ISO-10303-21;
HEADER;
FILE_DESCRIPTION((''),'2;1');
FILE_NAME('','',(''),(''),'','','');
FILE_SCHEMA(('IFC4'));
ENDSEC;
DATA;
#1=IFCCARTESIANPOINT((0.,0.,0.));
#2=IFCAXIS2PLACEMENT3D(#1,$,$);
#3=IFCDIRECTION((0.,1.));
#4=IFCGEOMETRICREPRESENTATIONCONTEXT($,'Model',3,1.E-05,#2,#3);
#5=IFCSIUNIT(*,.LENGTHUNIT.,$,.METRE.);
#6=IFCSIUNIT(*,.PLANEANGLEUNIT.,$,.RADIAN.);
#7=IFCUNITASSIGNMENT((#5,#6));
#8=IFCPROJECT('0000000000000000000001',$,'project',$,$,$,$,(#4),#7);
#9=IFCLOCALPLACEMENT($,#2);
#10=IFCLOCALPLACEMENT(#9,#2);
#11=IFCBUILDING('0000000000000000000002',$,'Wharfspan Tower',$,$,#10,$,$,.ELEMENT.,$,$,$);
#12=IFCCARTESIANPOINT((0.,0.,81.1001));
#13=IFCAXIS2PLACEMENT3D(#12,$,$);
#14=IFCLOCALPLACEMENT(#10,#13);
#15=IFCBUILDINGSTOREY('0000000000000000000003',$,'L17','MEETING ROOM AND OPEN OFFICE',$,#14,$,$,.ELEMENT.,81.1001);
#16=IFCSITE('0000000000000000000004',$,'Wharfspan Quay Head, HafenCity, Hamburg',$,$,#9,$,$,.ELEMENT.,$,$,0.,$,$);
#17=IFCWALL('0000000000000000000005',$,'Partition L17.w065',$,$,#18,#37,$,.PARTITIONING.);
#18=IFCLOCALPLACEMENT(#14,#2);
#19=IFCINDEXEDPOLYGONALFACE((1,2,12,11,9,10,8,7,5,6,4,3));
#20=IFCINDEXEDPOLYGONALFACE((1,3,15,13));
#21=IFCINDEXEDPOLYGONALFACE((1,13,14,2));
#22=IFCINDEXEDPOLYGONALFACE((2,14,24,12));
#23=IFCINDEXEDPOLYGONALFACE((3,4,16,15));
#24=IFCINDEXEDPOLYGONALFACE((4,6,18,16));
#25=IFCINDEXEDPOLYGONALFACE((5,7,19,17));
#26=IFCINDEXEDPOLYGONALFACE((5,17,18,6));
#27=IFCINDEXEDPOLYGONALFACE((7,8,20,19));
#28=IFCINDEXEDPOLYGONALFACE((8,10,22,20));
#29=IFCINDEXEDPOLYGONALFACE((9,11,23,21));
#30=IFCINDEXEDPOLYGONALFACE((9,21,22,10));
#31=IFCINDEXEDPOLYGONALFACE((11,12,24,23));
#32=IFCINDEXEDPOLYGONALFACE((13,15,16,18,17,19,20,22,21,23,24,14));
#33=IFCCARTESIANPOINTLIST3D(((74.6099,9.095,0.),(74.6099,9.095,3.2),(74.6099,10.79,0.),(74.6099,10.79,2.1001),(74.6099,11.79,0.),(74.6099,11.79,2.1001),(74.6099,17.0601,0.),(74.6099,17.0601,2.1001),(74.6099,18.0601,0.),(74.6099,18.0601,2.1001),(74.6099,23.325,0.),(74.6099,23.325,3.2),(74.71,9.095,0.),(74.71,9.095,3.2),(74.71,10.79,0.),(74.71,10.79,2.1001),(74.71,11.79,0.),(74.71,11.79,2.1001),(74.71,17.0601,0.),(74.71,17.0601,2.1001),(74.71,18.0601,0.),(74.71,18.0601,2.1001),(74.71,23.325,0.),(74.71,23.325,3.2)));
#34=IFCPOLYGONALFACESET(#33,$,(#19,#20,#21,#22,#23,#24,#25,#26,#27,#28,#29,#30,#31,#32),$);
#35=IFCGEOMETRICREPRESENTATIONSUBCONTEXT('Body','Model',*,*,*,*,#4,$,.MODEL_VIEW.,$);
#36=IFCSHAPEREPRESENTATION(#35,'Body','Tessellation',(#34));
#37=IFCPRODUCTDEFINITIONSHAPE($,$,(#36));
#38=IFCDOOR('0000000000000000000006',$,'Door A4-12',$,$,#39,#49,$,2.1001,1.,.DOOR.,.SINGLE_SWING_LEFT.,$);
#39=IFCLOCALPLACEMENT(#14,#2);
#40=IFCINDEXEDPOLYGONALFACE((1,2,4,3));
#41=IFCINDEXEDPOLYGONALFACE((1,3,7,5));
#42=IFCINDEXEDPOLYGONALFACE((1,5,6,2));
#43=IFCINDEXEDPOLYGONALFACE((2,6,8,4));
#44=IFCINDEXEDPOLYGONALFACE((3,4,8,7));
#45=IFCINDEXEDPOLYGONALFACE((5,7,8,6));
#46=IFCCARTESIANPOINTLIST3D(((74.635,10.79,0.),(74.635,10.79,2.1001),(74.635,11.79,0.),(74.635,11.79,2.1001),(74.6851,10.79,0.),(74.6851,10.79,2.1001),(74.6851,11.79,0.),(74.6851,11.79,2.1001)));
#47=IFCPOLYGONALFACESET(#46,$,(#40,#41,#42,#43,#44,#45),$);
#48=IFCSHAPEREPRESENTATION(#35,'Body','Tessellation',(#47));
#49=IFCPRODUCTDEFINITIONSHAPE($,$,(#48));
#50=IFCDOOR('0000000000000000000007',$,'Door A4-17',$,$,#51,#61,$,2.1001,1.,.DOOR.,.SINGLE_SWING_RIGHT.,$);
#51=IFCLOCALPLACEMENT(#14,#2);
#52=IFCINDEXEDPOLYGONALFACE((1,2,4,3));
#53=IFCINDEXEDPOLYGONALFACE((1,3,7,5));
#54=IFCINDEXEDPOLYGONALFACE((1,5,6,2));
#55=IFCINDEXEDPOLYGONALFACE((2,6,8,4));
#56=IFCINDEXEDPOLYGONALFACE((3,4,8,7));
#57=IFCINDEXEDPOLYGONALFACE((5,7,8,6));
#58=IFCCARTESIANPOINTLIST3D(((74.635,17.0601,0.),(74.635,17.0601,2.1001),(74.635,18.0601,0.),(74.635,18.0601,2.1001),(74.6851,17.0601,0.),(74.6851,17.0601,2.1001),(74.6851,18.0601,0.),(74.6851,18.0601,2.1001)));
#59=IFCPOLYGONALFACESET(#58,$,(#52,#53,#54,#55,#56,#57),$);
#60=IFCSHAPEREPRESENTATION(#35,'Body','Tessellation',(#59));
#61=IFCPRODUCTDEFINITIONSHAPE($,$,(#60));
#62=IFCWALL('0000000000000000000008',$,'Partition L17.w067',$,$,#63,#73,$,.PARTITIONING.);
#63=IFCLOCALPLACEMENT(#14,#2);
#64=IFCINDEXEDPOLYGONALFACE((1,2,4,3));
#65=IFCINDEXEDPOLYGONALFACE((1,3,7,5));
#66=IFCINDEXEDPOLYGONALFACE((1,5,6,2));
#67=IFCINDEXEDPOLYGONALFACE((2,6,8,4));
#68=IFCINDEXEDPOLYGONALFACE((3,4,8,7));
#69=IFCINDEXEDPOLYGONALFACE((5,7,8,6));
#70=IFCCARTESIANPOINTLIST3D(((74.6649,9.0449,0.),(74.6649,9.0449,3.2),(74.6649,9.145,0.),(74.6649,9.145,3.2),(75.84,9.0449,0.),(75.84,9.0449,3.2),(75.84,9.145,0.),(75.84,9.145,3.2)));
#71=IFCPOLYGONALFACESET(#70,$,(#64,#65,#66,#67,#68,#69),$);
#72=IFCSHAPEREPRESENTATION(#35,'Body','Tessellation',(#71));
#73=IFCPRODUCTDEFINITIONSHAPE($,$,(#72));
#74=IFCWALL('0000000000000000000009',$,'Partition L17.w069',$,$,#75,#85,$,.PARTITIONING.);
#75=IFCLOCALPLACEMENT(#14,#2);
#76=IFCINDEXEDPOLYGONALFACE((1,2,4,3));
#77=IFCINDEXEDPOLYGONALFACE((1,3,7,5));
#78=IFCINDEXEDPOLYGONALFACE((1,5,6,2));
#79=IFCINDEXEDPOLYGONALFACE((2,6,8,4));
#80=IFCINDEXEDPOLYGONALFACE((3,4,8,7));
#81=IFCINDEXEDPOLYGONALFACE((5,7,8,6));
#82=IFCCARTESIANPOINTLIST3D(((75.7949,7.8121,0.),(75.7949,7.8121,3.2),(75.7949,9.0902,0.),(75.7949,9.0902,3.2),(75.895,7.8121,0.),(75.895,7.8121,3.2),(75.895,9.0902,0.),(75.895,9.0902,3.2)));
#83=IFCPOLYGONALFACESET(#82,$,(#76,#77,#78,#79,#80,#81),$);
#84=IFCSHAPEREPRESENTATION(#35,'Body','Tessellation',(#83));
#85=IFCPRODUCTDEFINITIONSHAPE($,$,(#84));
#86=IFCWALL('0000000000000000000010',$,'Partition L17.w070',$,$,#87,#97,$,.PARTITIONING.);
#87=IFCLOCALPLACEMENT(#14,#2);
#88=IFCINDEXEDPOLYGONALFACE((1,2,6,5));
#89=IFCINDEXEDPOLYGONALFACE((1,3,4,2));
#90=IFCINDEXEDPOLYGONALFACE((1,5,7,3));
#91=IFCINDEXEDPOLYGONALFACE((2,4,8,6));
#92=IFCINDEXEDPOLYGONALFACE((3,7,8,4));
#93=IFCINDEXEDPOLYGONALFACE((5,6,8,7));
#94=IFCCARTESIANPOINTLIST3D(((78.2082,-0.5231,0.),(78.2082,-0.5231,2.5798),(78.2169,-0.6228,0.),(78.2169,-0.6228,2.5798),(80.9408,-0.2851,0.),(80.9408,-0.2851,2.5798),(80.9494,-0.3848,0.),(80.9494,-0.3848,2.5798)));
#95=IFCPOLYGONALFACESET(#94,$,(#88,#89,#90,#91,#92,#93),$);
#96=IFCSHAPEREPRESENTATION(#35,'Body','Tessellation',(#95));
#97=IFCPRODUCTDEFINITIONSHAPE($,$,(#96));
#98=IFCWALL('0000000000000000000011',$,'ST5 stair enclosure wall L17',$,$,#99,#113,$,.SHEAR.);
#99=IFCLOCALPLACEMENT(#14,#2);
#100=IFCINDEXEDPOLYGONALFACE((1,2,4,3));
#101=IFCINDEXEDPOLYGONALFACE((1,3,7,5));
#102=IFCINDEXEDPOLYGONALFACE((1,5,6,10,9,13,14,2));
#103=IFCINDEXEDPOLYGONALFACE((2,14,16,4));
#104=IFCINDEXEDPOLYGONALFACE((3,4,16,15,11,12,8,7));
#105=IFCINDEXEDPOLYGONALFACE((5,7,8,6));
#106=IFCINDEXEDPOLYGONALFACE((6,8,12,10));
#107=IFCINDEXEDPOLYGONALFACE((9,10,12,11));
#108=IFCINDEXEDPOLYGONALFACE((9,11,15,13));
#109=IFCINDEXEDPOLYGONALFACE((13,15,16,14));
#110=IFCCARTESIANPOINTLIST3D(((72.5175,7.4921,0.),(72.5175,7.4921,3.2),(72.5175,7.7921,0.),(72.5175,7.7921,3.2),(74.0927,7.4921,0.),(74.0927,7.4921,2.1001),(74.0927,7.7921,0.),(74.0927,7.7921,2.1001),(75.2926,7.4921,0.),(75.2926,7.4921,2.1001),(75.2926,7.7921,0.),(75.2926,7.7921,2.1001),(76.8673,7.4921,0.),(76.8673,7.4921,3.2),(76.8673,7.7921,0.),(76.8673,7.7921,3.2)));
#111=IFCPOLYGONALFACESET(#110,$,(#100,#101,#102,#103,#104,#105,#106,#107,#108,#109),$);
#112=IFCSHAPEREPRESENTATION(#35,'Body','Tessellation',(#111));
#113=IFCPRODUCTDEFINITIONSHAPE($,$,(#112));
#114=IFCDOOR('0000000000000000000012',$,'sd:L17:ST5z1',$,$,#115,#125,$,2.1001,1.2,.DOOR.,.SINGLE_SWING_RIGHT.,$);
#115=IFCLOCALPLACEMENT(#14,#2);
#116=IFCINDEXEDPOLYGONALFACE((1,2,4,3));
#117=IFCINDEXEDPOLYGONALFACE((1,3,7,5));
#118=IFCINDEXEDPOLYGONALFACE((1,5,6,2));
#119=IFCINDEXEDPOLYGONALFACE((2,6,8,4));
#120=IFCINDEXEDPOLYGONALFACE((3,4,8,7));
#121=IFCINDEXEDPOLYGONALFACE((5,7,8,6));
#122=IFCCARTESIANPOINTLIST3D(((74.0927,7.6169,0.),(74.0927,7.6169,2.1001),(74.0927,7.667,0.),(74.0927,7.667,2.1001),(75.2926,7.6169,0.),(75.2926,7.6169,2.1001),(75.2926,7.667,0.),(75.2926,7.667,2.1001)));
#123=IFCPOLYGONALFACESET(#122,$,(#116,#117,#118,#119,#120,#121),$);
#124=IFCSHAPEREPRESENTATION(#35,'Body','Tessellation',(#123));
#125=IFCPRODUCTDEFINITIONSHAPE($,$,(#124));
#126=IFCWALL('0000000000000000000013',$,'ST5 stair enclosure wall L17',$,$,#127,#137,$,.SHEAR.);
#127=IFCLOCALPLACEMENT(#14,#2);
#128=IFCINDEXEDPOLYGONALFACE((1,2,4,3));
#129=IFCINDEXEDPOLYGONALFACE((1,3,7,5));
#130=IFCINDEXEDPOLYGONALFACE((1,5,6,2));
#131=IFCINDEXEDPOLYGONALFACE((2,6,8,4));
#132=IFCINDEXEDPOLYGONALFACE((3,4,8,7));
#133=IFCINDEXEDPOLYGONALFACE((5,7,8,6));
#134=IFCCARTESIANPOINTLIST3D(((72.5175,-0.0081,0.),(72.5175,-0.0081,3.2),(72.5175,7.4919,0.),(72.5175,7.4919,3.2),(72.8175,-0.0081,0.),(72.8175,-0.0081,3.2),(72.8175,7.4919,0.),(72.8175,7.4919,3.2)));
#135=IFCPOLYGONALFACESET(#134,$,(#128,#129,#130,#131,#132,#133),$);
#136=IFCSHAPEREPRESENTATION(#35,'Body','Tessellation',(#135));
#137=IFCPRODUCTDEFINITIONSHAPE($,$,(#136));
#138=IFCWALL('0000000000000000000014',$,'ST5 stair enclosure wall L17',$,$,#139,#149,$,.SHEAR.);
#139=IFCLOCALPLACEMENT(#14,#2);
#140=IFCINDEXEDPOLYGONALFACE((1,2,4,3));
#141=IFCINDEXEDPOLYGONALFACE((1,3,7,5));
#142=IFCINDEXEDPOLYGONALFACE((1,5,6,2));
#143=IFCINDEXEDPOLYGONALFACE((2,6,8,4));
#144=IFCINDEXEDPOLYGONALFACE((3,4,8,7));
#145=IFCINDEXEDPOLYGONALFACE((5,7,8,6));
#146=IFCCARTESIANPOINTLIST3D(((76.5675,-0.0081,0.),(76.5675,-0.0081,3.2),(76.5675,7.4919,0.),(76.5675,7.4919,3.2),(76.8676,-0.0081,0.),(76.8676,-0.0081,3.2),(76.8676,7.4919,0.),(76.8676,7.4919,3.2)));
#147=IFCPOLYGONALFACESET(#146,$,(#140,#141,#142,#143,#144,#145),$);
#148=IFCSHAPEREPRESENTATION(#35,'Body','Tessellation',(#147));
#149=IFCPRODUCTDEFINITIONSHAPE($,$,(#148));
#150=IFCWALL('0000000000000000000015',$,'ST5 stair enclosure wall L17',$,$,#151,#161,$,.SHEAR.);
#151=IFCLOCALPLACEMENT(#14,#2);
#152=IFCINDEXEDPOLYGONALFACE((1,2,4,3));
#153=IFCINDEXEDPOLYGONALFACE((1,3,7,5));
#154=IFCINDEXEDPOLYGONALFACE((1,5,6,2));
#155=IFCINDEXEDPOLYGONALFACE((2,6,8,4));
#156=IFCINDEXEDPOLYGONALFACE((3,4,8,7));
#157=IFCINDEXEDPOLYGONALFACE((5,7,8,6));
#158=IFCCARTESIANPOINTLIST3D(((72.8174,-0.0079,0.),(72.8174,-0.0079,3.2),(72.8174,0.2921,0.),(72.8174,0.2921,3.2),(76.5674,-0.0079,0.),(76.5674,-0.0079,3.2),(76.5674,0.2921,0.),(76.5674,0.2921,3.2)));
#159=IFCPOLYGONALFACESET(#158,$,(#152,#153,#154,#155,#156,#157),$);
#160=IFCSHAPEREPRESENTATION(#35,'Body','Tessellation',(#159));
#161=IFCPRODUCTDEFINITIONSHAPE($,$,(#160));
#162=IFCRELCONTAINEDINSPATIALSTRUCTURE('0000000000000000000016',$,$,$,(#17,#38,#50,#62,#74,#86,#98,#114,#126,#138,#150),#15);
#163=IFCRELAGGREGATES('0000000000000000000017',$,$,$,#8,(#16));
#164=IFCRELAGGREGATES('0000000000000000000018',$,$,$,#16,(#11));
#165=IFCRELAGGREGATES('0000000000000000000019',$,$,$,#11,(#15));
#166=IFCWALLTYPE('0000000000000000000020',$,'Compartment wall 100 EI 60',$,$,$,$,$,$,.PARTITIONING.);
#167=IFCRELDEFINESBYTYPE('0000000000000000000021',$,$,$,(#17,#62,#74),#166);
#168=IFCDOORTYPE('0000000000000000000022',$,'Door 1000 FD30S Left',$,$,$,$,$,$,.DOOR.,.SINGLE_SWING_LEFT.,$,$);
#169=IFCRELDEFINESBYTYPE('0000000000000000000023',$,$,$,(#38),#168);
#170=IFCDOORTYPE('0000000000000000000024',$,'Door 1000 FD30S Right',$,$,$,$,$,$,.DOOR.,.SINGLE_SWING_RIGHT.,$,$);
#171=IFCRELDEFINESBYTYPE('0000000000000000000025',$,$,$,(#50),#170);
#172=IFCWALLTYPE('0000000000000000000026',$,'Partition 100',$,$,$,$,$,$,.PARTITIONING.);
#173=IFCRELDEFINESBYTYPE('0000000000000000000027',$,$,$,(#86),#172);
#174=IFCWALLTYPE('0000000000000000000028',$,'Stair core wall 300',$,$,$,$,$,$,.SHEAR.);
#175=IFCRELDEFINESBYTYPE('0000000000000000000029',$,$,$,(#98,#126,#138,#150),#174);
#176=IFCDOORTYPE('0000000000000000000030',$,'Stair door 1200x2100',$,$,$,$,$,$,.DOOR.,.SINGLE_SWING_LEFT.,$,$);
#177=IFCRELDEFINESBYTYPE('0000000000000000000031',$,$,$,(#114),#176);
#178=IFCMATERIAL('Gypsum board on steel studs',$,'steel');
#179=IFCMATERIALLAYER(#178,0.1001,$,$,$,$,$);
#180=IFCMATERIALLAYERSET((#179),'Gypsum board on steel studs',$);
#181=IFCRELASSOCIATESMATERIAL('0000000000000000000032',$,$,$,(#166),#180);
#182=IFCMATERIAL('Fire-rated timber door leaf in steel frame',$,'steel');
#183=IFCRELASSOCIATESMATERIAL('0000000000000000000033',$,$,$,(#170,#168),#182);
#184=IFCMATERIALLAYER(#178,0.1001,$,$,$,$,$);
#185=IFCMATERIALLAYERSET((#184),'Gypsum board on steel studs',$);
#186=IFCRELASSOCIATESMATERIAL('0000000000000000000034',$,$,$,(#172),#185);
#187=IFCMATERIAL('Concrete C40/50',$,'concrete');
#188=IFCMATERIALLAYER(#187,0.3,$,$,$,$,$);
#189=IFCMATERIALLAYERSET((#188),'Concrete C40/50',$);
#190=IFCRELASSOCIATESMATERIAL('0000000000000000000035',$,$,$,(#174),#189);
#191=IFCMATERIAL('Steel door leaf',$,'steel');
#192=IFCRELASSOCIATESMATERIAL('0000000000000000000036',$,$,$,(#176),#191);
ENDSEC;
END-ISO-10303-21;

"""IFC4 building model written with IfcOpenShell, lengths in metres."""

from ifc_helpers import new_model, si_unit, direction, frame, frame_2d, origin, place, context, subcontext, project, spatial, rectangle, extrude, material, layer, layer_set, type_object, element, fill, save


model = new_model("IFC4")

# Units and contexts
model_context = context("Model", 3, precision=1e-05, world=origin(), true_north=direction((0.0, 1.0)))
body_context = subcontext(model_context, "Body", "Model", "MODEL_VIEW")
ifc_project = project(units=[si_unit("LENGTHUNIT", "METRE"), si_unit("PLANEANGLEUNIT", "RADIAN")], contexts=[model_context])

# Site, building, storey
site_placement = place(None, origin())
site = spatial("IfcSite", under=ifc_project, at=site_placement, Name="Wharfspan Quay Head, HafenCity, Hamburg", CompositionType="ELEMENT", RefElevation=0.0)
building_placement = place(site_placement, origin())
building = spatial("IfcBuilding", under=site, at=building_placement, Name="Wharfspan Tower", CompositionType="ELEMENT")
storey_placement = place(building_placement, frame((0.0, 0.0, 81.1001)))
storey = spatial("IfcBuildingStorey", under=building, at=storey_placement, Name="L17", Description="MEETING ROOM AND OPEN OFFICE", CompositionType="ELEMENT", Elevation=81.1001)

# Wall, openings, doors
ifc_material_1 = material(Name="Gypsum board on steel studs", Category="steel")
ifc_layer_1 = layer(ifc_material_1, 0.1001)
ifc_layer_set_1 = layer_set([ifc_layer_1], Name="Gypsum board on steel studs")
wall_type_1 = type_object("IfcWallType", Name="Compartment wall 100 EI 60", PredefinedType="PARTITIONING", material=ifc_layer_set_1)
ifc_material_2 = material(Name="Fire-rated timber door leaf in steel frame", Category="steel")
door_type_1 = type_object("IfcDoorType", Name="Door 1000 FD30S Right", OperationType="SINGLE_SWING_RIGHT", PredefinedType="DOOR", material=ifc_material_2)
wall_1_placement = place(storey_placement, frame((74.6599, 9.095, 0.0), z_axis=(0.0, 0.0, 1.0), x_axis=(0.0, 1.0, 0.0)))
wall_1 = element("IfcWall", 1, at=wall_1_placement, inside=storey, type_object=wall_type_1, Name="Partition L17.w065", PredefinedType="PARTITIONING", context=body_context, shape_type="SweptSolid", body=[
    extrude(rectangle(XDim=14.23, YDim=0.1001, at=frame_2d((7.115, 0.0))), origin(), (0.0, 0.0, 1.0), 3.2),
])
opening_1_placement = place(wall_1_placement, frame((1.6951, 0.0, 0.0)))
opening_1 = element("IfcOpeningElement", 2, at=opening_1_placement, cuts=wall_1, PredefinedType="OPENING", context=body_context, shape_type="SweptSolid", body=[
    extrude(rectangle(XDim=1.0, YDim=2.1001, at=frame_2d((0.5, 1.05))), frame((0.0, 0.0601, 0.0), z_axis=(0.0, -1.0, 0.0), x_axis=(1.0, 0.0, 0.0)), (0.0, 0.0, 1.0), 0.1201),
])
opening_2_placement = place(wall_1_placement, frame((7.9651, 0.0, 0.0)))
opening_2 = element("IfcOpeningElement", 3, at=opening_2_placement, cuts=wall_1, PredefinedType="OPENING", context=body_context, shape_type="SweptSolid", body=[
    extrude(rectangle(XDim=1.0, YDim=2.1001, at=frame_2d((0.5, 1.05))), frame((0.0, 0.0601, 0.0), z_axis=(0.0, -1.0, 0.0), x_axis=(1.0, 0.0, 0.0)), (0.0, 0.0, 1.0), 0.1201),
])
door_type_2 = type_object("IfcDoorType", Name="Door 1000 FD30S Left", OperationType="SINGLE_SWING_LEFT", PredefinedType="DOOR", material=ifc_material_2)
door_1_placement = place(opening_1_placement, origin())
door_1 = element("IfcDoor", 4, at=door_1_placement, inside=storey, type_object=door_type_2, Name="Door A4-12", OperationType="SINGLE_SWING_LEFT", OverallHeight=2.1001, OverallWidth=1.0, PredefinedType="DOOR", context=body_context, shape_type="SweptSolid", body=[
    extrude(rectangle(XDim=1.0, YDim=2.1001, at=frame_2d((0.5, 1.05))), frame((0.0, 0.0249, 0.0), z_axis=(0.0, -1.0, 0.0), x_axis=(1.0, 0.0, 0.0)), (0.0, 0.0, 1.0), 0.05),
])
fill(opening_1, door_1)
door_2_placement = place(opening_2_placement, origin())
door_2 = element("IfcDoor", 5, at=door_2_placement, inside=storey, type_object=door_type_1, Name="Door A4-17", OperationType="SINGLE_SWING_RIGHT", OverallHeight=2.1001, OverallWidth=1.0, PredefinedType="DOOR", context=body_context, shape_type="SweptSolid", body=[
    extrude(rectangle(XDim=1.0, YDim=2.1001, at=frame_2d((0.5, 1.05))), frame((0.0, 0.0249, 0.0), z_axis=(0.0, -1.0, 0.0), x_axis=(1.0, 0.0, 0.0)), (0.0, 0.0, 1.0), 0.05),
])
fill(opening_2, door_2)

# Walls
wall_2_placement = place(storey_placement, frame((74.665, 9.095, 0.0), z_axis=(0.0, 0.0, 1.0), x_axis=(1.0, 0.0, 0.0)))
element("IfcWall", 6, at=wall_2_placement, inside=storey, type_object=wall_type_1, Name="Partition L17.w067", PredefinedType="PARTITIONING", context=body_context, shape_type="SweptSolid", body=[
    extrude(rectangle(XDim=1.175, YDim=0.1001, at=frame_2d((0.5874, 0.0))), origin(), (0.0, 0.0, 1.0), 3.2),
])
wall_3_placement = place(storey_placement, frame((75.845, 7.812, 0.0), z_axis=(0.0, 0.0, 1.0), x_axis=(0.0, 1.0, 0.0)))
element("IfcWall", 7, at=wall_3_placement, inside=storey, type_object=wall_type_1, Name="Partition L17.w069", PredefinedType="PARTITIONING", context=body_context, shape_type="SweptSolid", body=[
    extrude(rectangle(XDim=1.2781, YDim=0.1001, at=frame_2d((0.6392, 0.0))), origin(), (0.0, 0.0, 1.0), 3.2),
])
ifc_layer_2 = layer(ifc_material_1, 0.1001)
ifc_layer_set_2 = layer_set([ifc_layer_2], Name="Gypsum board on steel studs")
wall_type_2 = type_object("IfcWallType", Name="Partition 100", PredefinedType="PARTITIONING", material=ifc_layer_set_2)
wall_4_placement = place(storey_placement, frame((78.2124, -0.573, 0.0), z_axis=(0.0, 0.0, 1.0), x_axis=(0.996224, 0.086779, 0.0)))
element("IfcWall", 8, at=wall_4_placement, inside=storey, type_object=wall_type_2, Name="Partition L17.w070", PredefinedType="PARTITIONING", context=body_context, shape_type="SweptSolid", body=[
    extrude(rectangle(XDim=2.7429, YDim=0.1001, at=frame_2d((1.3716, 0.0))), origin(), (0.0, 0.0, 1.0), 2.5798),
])

# Wall, opening, door
ifc_material_3 = material(Name="Concrete C40/50", Category="concrete")
ifc_layer_3 = layer(ifc_material_3, 0.3)
ifc_layer_set_3 = layer_set([ifc_layer_3], Name="Concrete C40/50")
wall_type_3 = type_object("IfcWallType", Name="Stair core wall 300", PredefinedType="SHEAR", material=ifc_layer_set_3)
wall_5_placement = place(storey_placement, frame((72.5176, 7.6421, 0.0), z_axis=(0.0, 0.0, 1.0), x_axis=(1.0, 0.0, 0.0)))
wall_5 = element("IfcWall", 9, at=wall_5_placement, inside=storey, type_object=wall_type_3, Name="ST5 stair enclosure wall L17", PredefinedType="SHEAR", context=body_context, shape_type="SweptSolid", body=[
    extrude(rectangle(XDim=4.3499, YDim=0.3, at=frame_2d((2.1748, 0.0))), origin(), (0.0, 0.0, 1.0), 3.2),
])
opening_3_placement = place(wall_5_placement, frame((1.575, 0.0, 0.0)))
opening_3 = element("IfcOpeningElement", 10, at=opening_3_placement, cuts=wall_5, PredefinedType="OPENING", context=body_context, shape_type="SweptSolid", body=[
    extrude(rectangle(XDim=1.2, YDim=2.1001, at=frame_2d((0.6001, 1.05))), frame((0.0, 0.1599, 0.0), z_axis=(0.0, -1.0, 0.0), x_axis=(1.0, 0.0, 0.0)), (0.0, 0.0, 1.0), 0.3201),
])
ifc_material_4 = material(Name="Steel door leaf", Category="steel")
door_type_3 = type_object("IfcDoorType", Name="Stair door 1200x2100", OperationType="SINGLE_SWING_LEFT", PredefinedType="DOOR", material=ifc_material_4)
door_3_placement = place(opening_3_placement, origin())
door_3 = element("IfcDoor", 11, at=door_3_placement, inside=storey, type_object=door_type_3, Name="sd:L17:ST5z1", OperationType="SINGLE_SWING_RIGHT", OverallHeight=2.1001, OverallWidth=1.2, PredefinedType="DOOR", context=body_context, shape_type="SweptSolid", body=[
    extrude(rectangle(XDim=1.2, YDim=2.1001, at=frame_2d((0.6001, 1.05))), frame((0.0, 0.0249, 0.0), z_axis=(0.0, -1.0, 0.0), x_axis=(1.0, 0.0, 0.0)), (0.0, 0.0, 1.0), 0.05),
])
fill(opening_3, door_3)

# Walls
for number, where, z_axis, x_axis, name in (
    (12, (72.6675, -0.0081, 0.0), (0.0, 0.0, 1.0), (0.0, 1.0, 0.0), "ST5 stair enclosure wall L17"),
    (13, (76.7175, -0.0081, 0.0), (0.0, 0.0, 1.0), (0.0, 1.0, 0.0), "ST5 stair enclosure wall L17"),
):
    element("IfcWall", number, at=place(storey_placement, frame(where, z_axis=z_axis, x_axis=x_axis)), inside=storey, type_object=wall_type_3, Name=name, PredefinedType="SHEAR", context=body_context, shape_type="SweptSolid", body=[
        extrude(rectangle(XDim=7.5, YDim=0.3, at=frame_2d((3.75, 0.0))), origin(), (0.0, 0.0, 1.0), 3.2),
    ])
wall_6_placement = place(storey_placement, frame((72.8174, 0.1421, 0.0), z_axis=(0.0, 0.0, 1.0), x_axis=(1.0, 0.0, 0.0)))
element("IfcWall", 14, at=wall_6_placement, inside=storey, type_object=wall_type_3, Name="ST5 stair enclosure wall L17", PredefinedType="SHEAR", context=body_context, shape_type="SweptSolid", body=[
    extrude(rectangle(XDim=3.75, YDim=0.3, at=frame_2d((1.875, 0.0))), origin(), (0.0, 0.0, 1.0), 3.2),
])

save(model, "model.ifc")
